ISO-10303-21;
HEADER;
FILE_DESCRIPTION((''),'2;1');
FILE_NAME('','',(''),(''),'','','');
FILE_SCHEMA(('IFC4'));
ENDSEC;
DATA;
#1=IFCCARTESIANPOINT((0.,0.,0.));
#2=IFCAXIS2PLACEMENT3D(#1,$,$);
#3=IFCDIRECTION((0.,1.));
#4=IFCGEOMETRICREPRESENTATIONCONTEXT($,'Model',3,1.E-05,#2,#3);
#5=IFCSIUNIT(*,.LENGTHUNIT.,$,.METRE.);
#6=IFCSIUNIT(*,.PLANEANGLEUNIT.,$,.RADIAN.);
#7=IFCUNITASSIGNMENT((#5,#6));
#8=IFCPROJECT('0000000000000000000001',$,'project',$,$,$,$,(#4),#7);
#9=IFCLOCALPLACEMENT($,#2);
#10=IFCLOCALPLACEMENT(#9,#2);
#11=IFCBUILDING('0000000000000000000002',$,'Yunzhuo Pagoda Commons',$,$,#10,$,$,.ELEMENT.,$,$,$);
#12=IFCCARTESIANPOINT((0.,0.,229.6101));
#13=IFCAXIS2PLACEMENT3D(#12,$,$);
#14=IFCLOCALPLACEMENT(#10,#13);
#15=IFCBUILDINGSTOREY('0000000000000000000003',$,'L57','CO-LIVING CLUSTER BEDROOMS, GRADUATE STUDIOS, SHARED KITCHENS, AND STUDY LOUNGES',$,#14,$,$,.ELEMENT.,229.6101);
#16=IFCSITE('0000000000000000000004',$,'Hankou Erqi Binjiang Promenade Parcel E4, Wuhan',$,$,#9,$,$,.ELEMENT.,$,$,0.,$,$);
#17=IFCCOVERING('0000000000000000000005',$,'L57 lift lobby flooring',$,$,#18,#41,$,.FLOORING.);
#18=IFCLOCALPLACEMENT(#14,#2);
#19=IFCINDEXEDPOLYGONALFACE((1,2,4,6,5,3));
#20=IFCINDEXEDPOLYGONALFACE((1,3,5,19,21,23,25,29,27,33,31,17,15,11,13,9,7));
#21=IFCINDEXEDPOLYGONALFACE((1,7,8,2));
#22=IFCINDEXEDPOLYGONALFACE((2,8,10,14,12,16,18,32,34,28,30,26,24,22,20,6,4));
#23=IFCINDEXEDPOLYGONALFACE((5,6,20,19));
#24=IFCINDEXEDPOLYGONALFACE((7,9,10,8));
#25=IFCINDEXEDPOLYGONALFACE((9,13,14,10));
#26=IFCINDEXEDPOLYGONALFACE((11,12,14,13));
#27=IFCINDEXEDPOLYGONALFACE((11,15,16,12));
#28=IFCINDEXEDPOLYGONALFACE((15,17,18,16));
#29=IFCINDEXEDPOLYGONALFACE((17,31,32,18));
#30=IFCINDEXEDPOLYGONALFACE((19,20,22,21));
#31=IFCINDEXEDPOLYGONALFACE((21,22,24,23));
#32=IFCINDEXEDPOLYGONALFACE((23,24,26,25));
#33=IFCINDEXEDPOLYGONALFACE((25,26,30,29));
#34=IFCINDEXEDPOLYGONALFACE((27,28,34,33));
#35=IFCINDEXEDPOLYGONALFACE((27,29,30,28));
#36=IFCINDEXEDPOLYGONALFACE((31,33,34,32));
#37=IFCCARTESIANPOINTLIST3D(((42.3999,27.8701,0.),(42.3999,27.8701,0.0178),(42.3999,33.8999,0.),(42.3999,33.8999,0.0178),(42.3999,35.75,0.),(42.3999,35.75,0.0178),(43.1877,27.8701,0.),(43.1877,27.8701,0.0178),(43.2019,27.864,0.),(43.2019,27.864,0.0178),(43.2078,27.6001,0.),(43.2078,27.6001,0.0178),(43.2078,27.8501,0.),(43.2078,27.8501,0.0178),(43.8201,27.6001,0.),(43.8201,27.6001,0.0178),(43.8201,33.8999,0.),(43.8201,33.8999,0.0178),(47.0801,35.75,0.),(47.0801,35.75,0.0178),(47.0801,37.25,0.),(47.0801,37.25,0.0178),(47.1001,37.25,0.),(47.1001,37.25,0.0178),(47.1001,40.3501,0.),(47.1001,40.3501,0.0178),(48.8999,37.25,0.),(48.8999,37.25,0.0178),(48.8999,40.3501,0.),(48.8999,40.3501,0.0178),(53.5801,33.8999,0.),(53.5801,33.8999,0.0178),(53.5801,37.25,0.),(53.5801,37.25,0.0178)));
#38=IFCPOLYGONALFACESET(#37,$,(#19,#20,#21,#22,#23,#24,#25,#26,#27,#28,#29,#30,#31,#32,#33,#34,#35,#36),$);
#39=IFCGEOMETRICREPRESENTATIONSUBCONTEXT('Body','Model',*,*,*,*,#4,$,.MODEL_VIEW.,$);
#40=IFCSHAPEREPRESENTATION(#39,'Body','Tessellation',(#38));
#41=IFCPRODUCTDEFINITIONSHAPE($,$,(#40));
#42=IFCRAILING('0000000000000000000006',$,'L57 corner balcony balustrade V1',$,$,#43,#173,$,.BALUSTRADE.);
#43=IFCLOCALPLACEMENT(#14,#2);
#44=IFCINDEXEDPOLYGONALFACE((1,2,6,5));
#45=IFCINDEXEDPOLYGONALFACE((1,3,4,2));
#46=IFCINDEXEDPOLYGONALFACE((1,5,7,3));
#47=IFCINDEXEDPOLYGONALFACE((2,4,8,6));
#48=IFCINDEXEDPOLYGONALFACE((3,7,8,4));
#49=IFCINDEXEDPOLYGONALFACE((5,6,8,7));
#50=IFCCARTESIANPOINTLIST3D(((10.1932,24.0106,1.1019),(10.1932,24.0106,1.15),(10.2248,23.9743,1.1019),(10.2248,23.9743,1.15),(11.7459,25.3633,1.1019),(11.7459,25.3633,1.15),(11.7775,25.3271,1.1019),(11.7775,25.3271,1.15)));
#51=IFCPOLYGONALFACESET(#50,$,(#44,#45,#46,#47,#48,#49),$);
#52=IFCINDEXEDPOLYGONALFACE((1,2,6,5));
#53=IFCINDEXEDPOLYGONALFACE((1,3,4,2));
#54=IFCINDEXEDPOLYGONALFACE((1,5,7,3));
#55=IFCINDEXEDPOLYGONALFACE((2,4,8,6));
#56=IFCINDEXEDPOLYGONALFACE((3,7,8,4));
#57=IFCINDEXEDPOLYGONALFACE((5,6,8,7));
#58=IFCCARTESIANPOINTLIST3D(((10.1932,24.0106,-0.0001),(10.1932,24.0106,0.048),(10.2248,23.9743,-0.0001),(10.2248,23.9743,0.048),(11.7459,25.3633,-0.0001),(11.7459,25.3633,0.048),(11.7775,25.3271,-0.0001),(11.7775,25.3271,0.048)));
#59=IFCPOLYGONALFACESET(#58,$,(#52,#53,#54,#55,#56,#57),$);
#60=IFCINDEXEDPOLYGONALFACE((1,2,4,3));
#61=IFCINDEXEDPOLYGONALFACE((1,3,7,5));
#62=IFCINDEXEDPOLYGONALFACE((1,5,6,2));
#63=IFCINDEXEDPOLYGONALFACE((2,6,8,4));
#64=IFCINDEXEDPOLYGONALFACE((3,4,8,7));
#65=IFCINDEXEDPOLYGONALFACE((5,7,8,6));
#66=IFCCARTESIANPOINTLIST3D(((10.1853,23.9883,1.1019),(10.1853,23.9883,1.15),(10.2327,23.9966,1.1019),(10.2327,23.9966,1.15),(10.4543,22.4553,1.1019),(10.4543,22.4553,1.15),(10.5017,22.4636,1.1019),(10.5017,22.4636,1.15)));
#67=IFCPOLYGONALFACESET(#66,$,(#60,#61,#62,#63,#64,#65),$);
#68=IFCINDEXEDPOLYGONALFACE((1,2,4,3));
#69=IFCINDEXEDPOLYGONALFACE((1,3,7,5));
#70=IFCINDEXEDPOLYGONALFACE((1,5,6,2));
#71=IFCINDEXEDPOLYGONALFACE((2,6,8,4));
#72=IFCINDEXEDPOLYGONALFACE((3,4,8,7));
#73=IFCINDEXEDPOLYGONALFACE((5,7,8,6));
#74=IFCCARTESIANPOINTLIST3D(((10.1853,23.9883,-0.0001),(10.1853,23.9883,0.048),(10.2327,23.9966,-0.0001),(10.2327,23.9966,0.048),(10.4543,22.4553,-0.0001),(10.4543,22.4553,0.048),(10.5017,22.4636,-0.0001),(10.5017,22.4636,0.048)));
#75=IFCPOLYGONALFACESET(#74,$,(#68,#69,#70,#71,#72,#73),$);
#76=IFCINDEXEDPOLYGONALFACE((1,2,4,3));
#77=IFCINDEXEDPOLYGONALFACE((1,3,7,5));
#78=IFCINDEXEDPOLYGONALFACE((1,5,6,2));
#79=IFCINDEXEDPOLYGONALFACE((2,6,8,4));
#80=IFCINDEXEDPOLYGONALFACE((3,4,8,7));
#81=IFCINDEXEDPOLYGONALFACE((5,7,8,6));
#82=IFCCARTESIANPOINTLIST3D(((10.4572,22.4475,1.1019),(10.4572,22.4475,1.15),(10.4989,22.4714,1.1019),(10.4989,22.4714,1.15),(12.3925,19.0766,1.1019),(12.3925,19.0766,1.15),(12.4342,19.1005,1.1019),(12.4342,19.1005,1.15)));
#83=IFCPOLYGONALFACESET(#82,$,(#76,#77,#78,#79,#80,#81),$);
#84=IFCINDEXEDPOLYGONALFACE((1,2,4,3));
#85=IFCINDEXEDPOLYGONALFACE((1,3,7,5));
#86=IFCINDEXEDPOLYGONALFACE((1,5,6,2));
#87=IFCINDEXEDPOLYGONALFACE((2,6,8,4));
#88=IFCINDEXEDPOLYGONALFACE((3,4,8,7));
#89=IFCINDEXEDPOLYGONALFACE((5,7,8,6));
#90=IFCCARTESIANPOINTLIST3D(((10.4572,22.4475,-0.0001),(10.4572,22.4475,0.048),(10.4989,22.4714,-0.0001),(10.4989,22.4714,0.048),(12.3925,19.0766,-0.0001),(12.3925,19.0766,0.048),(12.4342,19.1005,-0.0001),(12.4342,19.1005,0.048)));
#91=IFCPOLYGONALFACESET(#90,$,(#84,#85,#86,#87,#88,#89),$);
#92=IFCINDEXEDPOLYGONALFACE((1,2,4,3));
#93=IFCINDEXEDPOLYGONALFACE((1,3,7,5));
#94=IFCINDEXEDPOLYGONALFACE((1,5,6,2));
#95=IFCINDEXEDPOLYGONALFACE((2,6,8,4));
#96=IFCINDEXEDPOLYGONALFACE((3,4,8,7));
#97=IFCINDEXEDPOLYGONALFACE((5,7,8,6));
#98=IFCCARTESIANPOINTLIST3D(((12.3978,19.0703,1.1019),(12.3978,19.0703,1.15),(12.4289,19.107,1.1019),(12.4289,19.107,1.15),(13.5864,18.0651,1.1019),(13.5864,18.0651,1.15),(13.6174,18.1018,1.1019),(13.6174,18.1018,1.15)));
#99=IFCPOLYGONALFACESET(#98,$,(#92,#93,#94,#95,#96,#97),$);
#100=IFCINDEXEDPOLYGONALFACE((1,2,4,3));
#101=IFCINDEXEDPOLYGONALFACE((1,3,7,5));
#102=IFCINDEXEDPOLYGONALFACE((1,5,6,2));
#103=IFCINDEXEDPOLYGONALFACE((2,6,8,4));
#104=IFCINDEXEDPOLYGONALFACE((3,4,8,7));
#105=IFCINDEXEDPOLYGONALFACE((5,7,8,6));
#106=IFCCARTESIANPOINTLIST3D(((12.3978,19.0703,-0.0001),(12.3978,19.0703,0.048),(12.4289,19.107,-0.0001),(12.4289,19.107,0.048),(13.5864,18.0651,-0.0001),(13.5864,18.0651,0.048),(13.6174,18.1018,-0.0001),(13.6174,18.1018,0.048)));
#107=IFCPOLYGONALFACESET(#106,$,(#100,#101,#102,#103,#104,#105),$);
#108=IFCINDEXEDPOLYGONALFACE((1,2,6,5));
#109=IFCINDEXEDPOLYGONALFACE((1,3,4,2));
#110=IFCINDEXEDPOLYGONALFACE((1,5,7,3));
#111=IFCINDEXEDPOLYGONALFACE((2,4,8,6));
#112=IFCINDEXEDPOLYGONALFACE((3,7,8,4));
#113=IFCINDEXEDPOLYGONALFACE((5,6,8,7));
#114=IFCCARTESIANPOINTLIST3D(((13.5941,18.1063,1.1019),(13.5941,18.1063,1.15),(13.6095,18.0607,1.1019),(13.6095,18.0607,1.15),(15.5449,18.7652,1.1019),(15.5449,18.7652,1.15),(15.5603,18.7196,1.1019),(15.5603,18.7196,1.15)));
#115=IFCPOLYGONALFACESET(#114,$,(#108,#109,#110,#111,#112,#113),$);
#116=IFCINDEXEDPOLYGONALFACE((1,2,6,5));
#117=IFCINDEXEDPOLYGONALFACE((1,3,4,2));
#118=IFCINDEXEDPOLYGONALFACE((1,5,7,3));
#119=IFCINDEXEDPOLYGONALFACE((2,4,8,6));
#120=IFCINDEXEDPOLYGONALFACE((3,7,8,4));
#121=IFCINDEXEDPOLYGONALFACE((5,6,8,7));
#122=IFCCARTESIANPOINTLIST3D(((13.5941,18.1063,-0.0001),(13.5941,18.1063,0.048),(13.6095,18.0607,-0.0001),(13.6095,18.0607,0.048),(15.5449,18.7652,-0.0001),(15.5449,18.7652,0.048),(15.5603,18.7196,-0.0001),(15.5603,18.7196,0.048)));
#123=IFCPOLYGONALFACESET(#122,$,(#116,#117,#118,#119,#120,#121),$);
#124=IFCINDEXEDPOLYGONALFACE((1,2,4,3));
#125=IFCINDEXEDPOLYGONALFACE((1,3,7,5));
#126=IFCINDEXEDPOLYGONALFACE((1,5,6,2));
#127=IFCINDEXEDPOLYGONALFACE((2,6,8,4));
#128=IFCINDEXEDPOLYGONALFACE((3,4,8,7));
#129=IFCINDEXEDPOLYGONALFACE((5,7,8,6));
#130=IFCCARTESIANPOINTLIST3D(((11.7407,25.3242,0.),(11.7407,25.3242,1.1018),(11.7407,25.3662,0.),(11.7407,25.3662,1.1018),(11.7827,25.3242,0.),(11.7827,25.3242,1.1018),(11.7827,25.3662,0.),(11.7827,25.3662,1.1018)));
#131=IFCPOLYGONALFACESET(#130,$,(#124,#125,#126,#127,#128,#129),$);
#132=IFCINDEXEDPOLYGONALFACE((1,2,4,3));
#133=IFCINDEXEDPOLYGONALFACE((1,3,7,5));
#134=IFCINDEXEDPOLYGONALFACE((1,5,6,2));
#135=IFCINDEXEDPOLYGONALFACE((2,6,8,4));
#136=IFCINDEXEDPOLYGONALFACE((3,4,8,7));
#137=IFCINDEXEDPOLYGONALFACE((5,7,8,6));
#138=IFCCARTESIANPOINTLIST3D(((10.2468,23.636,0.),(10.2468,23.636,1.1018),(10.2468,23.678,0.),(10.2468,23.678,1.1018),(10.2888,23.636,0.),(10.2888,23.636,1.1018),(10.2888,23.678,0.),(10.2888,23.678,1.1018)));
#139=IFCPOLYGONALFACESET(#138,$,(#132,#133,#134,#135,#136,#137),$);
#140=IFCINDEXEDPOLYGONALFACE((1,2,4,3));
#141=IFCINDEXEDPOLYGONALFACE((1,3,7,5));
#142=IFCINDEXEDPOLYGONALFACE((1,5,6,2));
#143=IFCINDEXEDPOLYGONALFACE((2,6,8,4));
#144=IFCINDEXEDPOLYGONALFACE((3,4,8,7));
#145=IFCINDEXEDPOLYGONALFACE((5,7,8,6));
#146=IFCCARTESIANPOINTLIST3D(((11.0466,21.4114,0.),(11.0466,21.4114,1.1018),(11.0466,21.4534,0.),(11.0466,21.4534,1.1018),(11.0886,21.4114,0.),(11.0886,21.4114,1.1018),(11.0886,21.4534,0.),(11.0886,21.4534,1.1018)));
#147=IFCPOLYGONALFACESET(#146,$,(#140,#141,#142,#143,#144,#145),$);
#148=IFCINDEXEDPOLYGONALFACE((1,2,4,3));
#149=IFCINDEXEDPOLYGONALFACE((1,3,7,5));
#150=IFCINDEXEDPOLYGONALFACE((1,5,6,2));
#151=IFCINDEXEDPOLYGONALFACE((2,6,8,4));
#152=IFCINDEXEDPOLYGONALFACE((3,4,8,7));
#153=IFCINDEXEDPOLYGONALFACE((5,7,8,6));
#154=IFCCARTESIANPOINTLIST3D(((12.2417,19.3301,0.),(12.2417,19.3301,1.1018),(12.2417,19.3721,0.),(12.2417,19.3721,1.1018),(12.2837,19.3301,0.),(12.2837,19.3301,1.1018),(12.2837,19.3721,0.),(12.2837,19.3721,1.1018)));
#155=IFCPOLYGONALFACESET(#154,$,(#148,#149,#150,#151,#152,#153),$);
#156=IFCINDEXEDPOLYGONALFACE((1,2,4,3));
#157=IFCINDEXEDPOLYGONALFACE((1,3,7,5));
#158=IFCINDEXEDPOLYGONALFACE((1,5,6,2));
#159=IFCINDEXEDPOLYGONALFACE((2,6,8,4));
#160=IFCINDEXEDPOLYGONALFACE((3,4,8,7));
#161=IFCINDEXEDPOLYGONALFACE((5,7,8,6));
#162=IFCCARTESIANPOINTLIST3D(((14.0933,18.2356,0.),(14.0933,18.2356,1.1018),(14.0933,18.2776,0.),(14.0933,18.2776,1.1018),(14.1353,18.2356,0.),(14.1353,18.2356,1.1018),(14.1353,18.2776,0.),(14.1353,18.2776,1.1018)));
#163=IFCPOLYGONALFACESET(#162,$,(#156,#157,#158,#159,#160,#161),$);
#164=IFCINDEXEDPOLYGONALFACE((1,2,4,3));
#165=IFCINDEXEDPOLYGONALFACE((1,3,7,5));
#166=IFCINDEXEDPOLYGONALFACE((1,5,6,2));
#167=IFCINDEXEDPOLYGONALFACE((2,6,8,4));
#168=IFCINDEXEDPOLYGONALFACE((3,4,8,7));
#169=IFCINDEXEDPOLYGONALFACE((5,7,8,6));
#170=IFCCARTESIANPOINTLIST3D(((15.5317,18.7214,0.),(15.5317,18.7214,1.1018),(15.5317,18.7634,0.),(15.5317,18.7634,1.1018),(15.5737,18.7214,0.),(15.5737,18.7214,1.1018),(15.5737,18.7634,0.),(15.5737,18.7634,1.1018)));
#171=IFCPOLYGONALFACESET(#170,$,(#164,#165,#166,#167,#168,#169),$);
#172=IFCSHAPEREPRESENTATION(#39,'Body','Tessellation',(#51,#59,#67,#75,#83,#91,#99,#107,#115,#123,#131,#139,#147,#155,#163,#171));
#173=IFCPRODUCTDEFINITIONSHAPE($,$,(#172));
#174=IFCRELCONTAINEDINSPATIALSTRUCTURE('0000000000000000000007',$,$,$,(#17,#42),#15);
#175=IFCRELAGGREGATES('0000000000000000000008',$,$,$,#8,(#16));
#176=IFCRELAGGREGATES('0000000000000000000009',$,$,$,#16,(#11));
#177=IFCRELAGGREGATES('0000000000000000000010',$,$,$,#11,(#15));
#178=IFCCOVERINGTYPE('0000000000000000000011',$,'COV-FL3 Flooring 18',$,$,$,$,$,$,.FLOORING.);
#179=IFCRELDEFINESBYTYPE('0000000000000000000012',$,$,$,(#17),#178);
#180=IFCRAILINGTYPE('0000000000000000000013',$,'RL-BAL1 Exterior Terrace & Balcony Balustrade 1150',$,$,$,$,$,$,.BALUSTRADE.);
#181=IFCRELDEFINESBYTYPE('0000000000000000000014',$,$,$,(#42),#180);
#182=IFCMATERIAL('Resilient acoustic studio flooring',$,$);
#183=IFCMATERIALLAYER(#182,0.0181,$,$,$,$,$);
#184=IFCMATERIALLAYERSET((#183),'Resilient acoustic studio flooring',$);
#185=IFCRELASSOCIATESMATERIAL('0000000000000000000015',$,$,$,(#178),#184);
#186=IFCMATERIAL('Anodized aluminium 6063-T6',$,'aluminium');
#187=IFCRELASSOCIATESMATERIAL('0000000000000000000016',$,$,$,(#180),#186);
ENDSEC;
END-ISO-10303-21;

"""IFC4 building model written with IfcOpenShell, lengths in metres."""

from ifc_helpers import new_model, si_unit, direction, frame, origin, origin_2d, place, context, subcontext, project, spatial, polyline, rectangle, outline, extrude, material, layer, layer_set, type_object, element, save


model = new_model("IFC4")

# Units and contexts
model_context = context("Model", 3, precision=1e-05, world=origin(), true_north=direction((0.0, 1.0)))
body_context = subcontext(model_context, "Body", "Model", "MODEL_VIEW")
ifc_project = project(units=[si_unit("LENGTHUNIT", "METRE"), si_unit("PLANEANGLEUNIT", "RADIAN")], contexts=[model_context])

# Site, building, storey
site_placement = place(None, origin())
site = spatial("IfcSite", under=ifc_project, at=site_placement, Name="Hankou Erqi Binjiang Promenade Parcel E4, Wuhan", CompositionType="ELEMENT", RefElevation=0.0)
building_placement = place(site_placement, origin())
building = spatial("IfcBuilding", under=site, at=building_placement, Name="Yunzhuo Pagoda Commons", CompositionType="ELEMENT")
storey_placement = place(building_placement, frame((0.0, 0.0, 229.6101)))
storey = spatial("IfcBuildingStorey", under=building, at=storey_placement, Name="L57", Description="CO-LIVING CLUSTER BEDROOMS, GRADUATE STUDIOS, SHARED KITCHENS, AND STUDY LOUNGES", CompositionType="ELEMENT", Elevation=229.6101)

# Shared definitions
ifc_material_1 = material(Name="Anodized aluminium 6063-T6", Category="aluminium")

# Covering
ifc_material_2 = material(Name="Resilient acoustic studio flooring")
ifc_layer_1 = layer(ifc_material_2, 0.0181)
ifc_layer_set_1 = layer_set([ifc_layer_1], Name="Resilient acoustic studio flooring")
covering_type_1 = type_object("IfcCoveringType", Name="COV-FL3 Flooring 18", PredefinedType="FLOORING", material=ifc_layer_set_1)
covering_1_placement = place(storey_placement, origin())
element("IfcCovering", 1, at=covering_1_placement, inside=storey, type_object=covering_type_1, Name="L57 lift lobby flooring", PredefinedType="FLOORING", context=body_context, shape_type="SweptSolid", body=[
    extrude(outline(polyline([(42.3999, 35.75), (47.0801, 35.75), (47.0801, 37.25), (47.1001, 37.25), (47.1001, 40.3501), (48.8999, 40.3501), (48.8999, 37.25), (53.5801, 37.25), (53.5801, 33.8999), (43.8201, 33.8999), (43.8201, 27.6001), (43.2078, 27.6001), (43.2078, 27.8501), (43.2019, 27.864), (43.1877, 27.8701), (42.3999, 27.8701), (42.3999, 33.8999), (42.3999, 35.75)])), origin(), (0.0, 0.0, 1.0), 0.0178),
])

# Railing
railing_type = type_object("IfcRailingType", Name="RL-BAL1 Exterior Terrace & Balcony Balustrade 1150", PredefinedType="BALUSTRADE", material=ifc_material_1)
railing_placement = place(storey_placement, frame((11.7617, 25.3452, 0.0)))
element("IfcRailing", 2, at=railing_placement, inside=storey, type_object=railing_type, Name="L57 corner balcony balustrade V1", PredefinedType="BALUSTRADE", context=body_context, shape_type="SweptSolid", body=[
    extrude(rectangle(XDim=0.0481, YDim=0.0481, at=origin_2d()), frame((0.0, 0.0, 1.126), z_axis=(-0.753985, -0.656892, 0.0), x_axis=(0.656892, -0.753985, 0.0)), (0.0, 0.0, 1.0), 2.0593),
    extrude(rectangle(XDim=0.0481, YDim=0.0481, at=origin_2d()), frame((0.0, 0.0, 0.0239), z_axis=(-0.753985, -0.656892, 0.0), x_axis=(0.656892, -0.753985, 0.0)), (0.0, 0.0, 1.0), 2.0593),
    extrude(rectangle(XDim=0.0481, YDim=0.0481, at=origin_2d()), frame((-1.5527, -1.3528, 1.126), z_axis=(0.172864, -0.984946, 0.0), x_axis=(0.984946, 0.172864, 0.0)), (0.0, 0.0, 1.0), 1.5564),
    extrude(rectangle(XDim=0.0481, YDim=0.0481, at=origin_2d()), frame((-1.5527, -1.3528, 0.0239), z_axis=(0.172864, -0.984946, 0.0), x_axis=(0.984946, 0.172864, 0.0)), (0.0, 0.0, 1.0), 1.5564),
    extrude(rectangle(XDim=0.0481, YDim=0.0481, at=origin_2d()), frame((-1.2837, -2.8857, 1.126), z_axis=(0.497903, -0.867233, 0.0), x_axis=(0.867233, 0.497903, 0.0)), (0.0, 0.0, 1.0), 3.887),
    extrude(rectangle(XDim=0.0481, YDim=0.0481, at=origin_2d()), frame((-1.2837, -2.8857, 0.0239), z_axis=(0.497903, -0.867233, 0.0), x_axis=(0.867233, 0.497903, 0.0)), (0.0, 0.0, 1.0), 3.887),
    extrude(rectangle(XDim=0.0481, YDim=0.0481, at=origin_2d()), frame((0.6516, -6.2566, 1.126), z_axis=(0.763547, -0.645752, 0.0), x_axis=(0.645752, 0.763547, 0.0)), (0.0, 0.0, 1.0), 1.5566),
    extrude(rectangle(XDim=0.0481, YDim=0.0481, at=origin_2d()), frame((0.6516, -6.2566, 0.0239), z_axis=(0.763547, -0.645752, 0.0), x_axis=(0.645752, 0.763547, 0.0)), (0.0, 0.0, 1.0), 1.5566),
    extrude(rectangle(XDim=0.0481, YDim=0.0481, at=origin_2d()), frame((1.8401, -7.2617, 1.126), z_axis=(0.947419, 0.319996, 0.0), x_axis=(-0.319996, 0.947419, 0.0)), (0.0, 0.0, 1.0), 2.0591),
    extrude(rectangle(XDim=0.0481, YDim=0.0481, at=origin_2d()), frame((1.8401, -7.2617, 0.0239), z_axis=(0.947419, 0.319996, 0.0), x_axis=(-0.319996, 0.947419, 0.0)), (0.0, 0.0, 1.0), 2.0591),
    extrude(rectangle(XDim=0.042, YDim=0.042, at=origin_2d()), origin(), (0.0, 0.0, 1.0), 1.1018),
    extrude(rectangle(XDim=0.042, YDim=0.042, at=origin_2d()), frame((-1.4939, -1.6882, 0.0)), (0.0, 0.0, 1.0), 1.1018),
    extrude(rectangle(XDim=0.042, YDim=0.042, at=origin_2d()), frame((-0.6941, -3.9128, 0.0)), (0.0, 0.0, 1.0), 1.1018),
    extrude(rectangle(XDim=0.042, YDim=0.042, at=origin_2d()), frame((0.501, -5.9941, 0.0)), (0.0, 0.0, 1.0), 1.1018),
    extrude(rectangle(XDim=0.042, YDim=0.042, at=origin_2d()), frame((2.3525, -7.0886, 0.0)), (0.0, 0.0, 1.0), 1.1018),
    extrude(rectangle(XDim=0.042, YDim=0.042, at=origin_2d()), frame((3.791, -6.6028, 0.0)), (0.0, 0.0, 1.0), 1.1018),
])

save(model, "model.ifc")
